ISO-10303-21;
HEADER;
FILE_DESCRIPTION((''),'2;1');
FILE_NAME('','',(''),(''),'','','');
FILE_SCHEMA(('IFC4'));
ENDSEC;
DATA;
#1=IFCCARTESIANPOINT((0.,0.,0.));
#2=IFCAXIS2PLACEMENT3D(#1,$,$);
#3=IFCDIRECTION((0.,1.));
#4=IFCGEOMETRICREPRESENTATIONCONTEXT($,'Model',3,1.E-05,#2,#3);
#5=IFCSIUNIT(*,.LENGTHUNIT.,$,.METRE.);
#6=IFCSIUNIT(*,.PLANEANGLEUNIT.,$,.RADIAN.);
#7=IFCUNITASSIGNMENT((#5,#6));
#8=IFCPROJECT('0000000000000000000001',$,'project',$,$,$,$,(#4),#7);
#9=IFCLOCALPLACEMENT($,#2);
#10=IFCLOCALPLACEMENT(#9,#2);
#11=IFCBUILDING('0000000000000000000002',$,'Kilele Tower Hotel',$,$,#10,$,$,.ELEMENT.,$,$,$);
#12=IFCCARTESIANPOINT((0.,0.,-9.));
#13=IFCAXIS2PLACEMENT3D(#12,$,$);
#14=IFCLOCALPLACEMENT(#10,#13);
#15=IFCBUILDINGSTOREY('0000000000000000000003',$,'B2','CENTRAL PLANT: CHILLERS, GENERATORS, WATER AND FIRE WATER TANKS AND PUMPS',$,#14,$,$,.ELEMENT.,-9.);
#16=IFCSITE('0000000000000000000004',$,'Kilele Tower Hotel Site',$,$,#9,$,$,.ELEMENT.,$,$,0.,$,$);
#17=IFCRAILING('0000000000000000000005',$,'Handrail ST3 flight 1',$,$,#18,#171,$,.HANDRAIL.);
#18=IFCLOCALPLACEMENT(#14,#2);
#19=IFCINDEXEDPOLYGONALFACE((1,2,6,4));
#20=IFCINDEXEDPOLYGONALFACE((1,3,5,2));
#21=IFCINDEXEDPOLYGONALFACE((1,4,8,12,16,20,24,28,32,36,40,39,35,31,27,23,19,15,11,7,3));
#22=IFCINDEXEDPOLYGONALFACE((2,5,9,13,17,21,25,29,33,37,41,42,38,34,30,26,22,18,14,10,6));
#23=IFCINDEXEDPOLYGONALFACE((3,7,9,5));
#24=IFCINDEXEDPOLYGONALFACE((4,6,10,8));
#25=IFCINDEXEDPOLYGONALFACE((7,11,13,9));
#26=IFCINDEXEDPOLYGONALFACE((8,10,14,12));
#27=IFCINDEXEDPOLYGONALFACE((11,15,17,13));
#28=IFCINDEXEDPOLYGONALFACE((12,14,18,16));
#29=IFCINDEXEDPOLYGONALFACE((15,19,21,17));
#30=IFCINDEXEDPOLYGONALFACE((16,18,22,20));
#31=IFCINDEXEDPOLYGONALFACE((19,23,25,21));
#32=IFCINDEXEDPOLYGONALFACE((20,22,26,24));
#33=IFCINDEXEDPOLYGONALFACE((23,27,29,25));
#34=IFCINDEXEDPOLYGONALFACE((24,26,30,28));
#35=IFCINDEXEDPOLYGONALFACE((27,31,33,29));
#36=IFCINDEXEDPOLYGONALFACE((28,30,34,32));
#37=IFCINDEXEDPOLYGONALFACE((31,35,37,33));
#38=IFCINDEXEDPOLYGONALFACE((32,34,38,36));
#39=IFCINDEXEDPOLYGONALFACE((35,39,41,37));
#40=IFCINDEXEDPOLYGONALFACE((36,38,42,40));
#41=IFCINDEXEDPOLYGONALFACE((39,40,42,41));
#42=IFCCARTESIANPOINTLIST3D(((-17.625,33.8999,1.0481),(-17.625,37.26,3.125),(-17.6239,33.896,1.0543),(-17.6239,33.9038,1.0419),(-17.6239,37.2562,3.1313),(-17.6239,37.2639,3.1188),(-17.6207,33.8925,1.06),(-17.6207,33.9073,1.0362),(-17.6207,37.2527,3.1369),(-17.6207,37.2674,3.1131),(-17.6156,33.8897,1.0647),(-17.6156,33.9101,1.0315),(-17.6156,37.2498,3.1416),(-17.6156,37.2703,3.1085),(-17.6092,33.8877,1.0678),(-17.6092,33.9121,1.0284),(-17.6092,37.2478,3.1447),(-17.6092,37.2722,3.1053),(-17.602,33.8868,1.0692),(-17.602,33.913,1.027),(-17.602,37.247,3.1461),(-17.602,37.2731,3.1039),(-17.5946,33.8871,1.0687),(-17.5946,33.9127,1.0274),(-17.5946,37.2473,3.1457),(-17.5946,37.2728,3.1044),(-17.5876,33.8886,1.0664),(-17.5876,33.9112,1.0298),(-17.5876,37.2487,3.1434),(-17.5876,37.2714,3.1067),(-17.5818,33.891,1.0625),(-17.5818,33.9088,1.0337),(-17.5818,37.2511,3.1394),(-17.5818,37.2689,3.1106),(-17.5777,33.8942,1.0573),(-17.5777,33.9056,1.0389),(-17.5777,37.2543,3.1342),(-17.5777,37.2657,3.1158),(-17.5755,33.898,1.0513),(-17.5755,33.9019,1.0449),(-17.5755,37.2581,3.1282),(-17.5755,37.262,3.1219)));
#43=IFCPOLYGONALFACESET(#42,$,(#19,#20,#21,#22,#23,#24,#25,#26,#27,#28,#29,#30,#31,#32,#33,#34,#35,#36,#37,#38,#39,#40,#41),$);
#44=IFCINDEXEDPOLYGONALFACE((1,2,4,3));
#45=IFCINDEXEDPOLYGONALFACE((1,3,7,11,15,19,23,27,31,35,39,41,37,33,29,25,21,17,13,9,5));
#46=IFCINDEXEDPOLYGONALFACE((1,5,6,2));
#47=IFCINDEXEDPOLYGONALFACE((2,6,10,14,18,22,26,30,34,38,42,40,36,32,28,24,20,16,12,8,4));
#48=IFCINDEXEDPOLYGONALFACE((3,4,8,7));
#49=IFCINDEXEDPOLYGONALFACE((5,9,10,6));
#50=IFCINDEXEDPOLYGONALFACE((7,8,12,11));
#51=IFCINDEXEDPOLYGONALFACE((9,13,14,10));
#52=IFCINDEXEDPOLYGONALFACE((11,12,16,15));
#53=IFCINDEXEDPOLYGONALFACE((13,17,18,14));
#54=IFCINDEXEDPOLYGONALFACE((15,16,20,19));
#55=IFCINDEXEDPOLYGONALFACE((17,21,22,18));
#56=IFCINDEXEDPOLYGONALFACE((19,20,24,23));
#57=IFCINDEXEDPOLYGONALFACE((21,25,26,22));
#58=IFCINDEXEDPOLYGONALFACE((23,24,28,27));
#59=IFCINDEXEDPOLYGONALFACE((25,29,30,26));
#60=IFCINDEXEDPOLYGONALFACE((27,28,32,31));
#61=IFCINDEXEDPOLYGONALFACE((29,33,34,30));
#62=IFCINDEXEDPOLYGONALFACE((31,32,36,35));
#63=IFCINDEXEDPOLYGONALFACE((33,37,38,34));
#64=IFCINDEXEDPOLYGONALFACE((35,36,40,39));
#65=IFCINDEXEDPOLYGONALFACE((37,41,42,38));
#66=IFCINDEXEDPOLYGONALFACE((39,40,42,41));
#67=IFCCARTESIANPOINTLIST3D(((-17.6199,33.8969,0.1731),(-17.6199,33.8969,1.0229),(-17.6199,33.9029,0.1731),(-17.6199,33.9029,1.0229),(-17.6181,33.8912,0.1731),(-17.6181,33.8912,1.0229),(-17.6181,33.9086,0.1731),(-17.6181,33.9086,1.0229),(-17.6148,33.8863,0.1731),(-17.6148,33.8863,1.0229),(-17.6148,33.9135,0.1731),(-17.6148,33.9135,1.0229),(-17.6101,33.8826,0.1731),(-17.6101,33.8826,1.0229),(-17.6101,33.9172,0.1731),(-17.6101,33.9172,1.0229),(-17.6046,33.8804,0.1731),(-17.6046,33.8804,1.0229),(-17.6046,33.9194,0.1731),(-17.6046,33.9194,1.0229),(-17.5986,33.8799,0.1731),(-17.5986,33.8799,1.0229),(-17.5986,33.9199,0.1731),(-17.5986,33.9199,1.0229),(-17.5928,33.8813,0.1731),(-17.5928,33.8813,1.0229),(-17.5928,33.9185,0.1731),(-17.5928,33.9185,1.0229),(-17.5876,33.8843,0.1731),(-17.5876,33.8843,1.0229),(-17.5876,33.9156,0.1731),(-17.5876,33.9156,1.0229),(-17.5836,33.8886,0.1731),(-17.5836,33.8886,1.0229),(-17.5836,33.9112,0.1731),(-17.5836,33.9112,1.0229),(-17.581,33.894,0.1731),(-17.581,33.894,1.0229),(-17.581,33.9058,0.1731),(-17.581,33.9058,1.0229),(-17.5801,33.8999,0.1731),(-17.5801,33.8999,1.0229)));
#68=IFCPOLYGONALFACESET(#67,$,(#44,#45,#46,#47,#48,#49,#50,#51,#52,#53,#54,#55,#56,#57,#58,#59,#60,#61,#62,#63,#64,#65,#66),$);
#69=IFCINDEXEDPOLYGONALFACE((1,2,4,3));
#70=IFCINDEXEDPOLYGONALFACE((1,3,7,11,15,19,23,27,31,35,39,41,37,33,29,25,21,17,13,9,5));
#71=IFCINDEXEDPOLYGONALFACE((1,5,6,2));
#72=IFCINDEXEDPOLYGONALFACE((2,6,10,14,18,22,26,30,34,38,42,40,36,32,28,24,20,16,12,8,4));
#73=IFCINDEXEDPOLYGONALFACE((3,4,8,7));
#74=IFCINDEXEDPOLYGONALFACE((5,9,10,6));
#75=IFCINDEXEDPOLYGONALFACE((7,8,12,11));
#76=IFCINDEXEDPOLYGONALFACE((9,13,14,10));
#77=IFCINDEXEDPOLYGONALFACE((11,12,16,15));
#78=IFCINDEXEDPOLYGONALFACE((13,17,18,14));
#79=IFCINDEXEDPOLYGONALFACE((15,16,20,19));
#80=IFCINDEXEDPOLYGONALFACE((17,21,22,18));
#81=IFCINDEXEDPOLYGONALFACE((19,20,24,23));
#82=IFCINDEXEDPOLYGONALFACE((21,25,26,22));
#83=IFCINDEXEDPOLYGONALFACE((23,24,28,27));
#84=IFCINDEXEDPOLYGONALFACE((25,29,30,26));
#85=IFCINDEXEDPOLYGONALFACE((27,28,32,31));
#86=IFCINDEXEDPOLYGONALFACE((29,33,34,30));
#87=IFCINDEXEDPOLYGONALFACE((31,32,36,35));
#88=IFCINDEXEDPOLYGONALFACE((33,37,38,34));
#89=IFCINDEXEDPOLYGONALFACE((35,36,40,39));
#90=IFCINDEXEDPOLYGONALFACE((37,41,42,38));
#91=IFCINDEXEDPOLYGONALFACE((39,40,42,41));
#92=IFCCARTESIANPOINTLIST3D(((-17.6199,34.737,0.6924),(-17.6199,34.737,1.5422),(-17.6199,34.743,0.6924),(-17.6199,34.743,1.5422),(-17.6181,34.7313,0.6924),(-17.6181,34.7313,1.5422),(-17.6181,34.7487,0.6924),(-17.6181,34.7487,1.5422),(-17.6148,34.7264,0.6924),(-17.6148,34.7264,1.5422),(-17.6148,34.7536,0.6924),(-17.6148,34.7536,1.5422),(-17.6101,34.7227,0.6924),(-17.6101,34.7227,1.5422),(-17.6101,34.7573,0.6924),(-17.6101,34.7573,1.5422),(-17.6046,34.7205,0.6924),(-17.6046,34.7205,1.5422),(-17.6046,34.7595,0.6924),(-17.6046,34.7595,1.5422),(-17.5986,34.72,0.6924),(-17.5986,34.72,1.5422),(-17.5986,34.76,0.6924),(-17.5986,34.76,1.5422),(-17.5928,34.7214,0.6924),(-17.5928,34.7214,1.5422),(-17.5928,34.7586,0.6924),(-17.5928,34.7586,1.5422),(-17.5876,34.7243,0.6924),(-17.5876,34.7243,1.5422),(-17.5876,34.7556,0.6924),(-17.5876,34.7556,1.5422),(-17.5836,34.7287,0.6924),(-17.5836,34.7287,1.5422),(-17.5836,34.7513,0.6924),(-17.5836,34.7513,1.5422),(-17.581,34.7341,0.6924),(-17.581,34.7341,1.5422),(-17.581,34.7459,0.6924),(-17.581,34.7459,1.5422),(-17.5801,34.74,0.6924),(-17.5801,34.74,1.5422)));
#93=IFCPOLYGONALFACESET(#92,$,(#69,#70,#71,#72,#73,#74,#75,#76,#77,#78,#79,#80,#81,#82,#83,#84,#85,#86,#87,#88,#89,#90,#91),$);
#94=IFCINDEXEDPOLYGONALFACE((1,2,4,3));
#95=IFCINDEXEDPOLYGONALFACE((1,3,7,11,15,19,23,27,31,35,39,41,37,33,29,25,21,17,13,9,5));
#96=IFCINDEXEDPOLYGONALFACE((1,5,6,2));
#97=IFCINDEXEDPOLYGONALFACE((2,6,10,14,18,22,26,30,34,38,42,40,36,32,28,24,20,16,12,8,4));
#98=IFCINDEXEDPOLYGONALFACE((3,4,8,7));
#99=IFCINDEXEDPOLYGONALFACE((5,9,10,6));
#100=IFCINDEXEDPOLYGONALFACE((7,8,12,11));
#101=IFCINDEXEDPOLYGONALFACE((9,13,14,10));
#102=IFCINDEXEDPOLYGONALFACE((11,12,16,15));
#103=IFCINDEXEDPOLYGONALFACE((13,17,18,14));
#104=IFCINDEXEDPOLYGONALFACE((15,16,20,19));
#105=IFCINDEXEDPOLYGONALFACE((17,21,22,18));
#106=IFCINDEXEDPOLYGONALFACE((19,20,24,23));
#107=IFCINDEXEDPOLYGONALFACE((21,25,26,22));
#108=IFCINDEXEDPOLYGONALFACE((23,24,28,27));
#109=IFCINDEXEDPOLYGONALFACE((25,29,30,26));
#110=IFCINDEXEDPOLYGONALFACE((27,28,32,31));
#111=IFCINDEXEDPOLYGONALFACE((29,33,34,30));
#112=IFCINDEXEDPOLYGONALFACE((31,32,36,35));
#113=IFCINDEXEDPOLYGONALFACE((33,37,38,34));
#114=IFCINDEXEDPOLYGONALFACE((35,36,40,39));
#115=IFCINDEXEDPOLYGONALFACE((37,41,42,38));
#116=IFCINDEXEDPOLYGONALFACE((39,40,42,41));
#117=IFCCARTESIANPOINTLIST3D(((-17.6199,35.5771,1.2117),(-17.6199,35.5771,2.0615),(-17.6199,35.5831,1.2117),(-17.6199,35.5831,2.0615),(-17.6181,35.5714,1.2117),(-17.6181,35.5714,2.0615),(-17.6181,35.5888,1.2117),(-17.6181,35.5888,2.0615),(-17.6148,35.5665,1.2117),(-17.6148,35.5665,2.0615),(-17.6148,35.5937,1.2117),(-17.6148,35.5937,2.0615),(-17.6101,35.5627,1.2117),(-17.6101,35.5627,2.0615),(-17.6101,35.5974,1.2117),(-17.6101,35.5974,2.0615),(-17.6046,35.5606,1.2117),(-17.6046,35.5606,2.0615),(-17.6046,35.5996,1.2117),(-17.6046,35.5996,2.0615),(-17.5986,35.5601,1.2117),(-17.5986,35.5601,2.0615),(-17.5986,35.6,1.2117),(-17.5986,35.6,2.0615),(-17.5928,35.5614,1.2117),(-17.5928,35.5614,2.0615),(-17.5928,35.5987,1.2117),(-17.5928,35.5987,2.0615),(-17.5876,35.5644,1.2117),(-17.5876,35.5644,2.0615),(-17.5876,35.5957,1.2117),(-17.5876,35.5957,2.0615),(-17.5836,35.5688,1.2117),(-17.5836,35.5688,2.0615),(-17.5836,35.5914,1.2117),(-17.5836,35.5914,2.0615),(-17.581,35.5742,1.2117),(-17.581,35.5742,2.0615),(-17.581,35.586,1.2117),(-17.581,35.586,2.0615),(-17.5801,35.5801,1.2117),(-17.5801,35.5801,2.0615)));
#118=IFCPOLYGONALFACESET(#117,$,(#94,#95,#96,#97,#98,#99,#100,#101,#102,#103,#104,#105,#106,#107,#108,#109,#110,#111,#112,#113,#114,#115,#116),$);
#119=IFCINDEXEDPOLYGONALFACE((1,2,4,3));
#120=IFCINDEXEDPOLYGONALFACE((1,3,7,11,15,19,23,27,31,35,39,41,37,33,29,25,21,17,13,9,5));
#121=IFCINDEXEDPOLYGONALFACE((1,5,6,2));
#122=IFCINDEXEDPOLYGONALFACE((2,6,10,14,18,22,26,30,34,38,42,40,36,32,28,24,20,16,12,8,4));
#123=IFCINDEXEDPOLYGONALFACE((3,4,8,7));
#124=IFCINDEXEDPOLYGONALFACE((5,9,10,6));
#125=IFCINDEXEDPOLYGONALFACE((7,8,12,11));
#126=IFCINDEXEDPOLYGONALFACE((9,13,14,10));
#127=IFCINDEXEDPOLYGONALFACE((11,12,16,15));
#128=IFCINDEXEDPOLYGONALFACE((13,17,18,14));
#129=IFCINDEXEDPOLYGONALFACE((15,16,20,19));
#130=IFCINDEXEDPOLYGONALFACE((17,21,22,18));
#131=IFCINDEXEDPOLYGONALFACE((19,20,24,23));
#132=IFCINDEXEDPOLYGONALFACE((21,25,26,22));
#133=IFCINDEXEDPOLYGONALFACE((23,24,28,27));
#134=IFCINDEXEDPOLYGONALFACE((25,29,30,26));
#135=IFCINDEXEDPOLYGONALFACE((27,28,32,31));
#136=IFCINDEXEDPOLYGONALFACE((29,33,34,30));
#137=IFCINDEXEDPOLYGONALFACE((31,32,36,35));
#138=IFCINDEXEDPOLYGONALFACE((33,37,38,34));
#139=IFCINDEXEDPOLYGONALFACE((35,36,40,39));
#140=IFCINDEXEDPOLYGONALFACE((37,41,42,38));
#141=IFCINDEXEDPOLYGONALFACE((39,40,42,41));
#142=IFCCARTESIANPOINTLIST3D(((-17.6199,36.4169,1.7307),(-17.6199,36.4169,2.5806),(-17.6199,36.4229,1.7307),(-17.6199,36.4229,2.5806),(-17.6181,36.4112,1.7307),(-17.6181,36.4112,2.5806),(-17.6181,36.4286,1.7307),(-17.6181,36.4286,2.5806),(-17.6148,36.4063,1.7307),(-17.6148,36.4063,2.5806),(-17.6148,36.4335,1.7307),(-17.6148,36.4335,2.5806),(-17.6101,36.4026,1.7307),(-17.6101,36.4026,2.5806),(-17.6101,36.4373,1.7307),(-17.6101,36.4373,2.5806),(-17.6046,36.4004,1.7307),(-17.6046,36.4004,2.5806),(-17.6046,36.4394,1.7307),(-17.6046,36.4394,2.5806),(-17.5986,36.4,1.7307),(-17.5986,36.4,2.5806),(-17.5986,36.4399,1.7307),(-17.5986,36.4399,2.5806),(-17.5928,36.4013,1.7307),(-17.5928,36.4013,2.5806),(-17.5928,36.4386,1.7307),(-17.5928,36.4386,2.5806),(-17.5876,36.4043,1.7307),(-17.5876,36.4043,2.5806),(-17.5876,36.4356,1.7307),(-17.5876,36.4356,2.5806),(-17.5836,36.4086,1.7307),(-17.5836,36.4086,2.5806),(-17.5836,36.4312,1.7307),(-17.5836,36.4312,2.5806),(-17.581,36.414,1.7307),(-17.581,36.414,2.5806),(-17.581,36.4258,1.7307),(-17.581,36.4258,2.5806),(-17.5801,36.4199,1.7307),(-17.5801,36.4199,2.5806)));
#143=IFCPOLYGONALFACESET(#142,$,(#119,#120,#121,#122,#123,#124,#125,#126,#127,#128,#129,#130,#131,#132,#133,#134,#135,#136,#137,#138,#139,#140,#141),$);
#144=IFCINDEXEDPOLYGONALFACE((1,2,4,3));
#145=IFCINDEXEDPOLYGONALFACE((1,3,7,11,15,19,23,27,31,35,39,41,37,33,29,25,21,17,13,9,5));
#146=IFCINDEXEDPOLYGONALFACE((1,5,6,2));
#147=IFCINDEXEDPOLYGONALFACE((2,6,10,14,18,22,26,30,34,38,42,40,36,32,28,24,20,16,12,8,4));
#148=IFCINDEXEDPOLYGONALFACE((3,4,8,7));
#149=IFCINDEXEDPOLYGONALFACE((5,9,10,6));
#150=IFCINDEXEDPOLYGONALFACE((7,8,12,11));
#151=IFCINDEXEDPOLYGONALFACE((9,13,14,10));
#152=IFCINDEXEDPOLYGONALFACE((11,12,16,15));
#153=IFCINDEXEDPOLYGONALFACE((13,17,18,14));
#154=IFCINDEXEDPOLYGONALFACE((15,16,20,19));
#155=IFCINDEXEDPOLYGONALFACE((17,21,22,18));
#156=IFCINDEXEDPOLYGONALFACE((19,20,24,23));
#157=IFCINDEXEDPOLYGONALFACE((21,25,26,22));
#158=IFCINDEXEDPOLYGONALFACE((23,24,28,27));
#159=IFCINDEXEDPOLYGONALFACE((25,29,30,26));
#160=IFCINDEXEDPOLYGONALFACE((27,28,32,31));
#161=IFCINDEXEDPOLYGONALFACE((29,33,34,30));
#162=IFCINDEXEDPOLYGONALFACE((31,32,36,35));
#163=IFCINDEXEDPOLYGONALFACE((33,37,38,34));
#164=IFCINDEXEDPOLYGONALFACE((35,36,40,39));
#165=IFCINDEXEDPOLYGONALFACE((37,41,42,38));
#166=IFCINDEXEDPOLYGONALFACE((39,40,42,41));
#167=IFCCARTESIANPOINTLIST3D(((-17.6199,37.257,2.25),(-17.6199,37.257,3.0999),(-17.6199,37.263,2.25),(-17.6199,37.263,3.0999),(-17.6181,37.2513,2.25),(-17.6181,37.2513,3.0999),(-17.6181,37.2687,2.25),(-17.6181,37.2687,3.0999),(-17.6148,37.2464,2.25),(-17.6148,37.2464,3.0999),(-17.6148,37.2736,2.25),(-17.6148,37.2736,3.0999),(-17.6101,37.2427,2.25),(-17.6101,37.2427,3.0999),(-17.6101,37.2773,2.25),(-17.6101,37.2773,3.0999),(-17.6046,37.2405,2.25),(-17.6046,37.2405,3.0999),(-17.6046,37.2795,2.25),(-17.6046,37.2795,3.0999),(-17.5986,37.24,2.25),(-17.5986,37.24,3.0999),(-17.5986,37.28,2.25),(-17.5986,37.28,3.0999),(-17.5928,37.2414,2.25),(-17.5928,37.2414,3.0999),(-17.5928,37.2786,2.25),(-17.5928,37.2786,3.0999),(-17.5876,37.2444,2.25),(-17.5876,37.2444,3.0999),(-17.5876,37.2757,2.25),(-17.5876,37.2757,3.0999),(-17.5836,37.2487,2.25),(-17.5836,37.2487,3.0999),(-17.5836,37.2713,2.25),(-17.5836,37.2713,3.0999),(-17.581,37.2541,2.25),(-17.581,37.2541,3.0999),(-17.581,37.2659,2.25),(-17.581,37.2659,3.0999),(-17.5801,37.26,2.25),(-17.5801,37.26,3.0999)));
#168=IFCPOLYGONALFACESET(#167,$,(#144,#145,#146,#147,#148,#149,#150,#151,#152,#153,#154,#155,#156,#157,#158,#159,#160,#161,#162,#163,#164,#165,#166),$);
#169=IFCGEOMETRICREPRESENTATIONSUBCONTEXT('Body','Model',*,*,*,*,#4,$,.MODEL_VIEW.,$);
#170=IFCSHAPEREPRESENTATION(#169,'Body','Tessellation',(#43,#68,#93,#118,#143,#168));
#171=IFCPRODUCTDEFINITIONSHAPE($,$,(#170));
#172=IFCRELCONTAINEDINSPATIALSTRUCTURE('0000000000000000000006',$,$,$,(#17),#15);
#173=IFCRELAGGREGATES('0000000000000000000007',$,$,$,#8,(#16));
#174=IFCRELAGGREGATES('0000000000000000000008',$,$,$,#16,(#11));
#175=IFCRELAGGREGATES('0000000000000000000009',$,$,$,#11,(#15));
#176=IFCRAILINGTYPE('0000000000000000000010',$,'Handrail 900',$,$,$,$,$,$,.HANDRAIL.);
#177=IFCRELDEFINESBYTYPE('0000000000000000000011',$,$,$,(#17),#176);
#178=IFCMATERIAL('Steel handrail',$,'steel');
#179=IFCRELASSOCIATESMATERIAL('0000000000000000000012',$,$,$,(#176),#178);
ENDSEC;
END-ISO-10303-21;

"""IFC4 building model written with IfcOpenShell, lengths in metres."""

from ifc_helpers import new_model, si_unit, direction, frame, origin, origin_2d, place, context, subcontext, project, spatial, circle, extrude, material, type_object, element, save


model = new_model("IFC4")

# Units and contexts
model_context = context("Model", 3, precision=1e-05, world=origin(), true_north=direction((0.0, 1.0)))
body_context = subcontext(model_context, "Body", "Model", "MODEL_VIEW")
ifc_project = project(units=[si_unit("LENGTHUNIT", "METRE"), si_unit("PLANEANGLEUNIT", "RADIAN")], contexts=[model_context])

# Site, building, storey
site_placement = place(None, origin())
site = spatial("IfcSite", under=ifc_project, at=site_placement, Name="Kilele Tower Hotel Site", CompositionType="ELEMENT", RefElevation=0.0)
building_placement = place(site_placement, origin())
building = spatial("IfcBuilding", under=site, at=building_placement, Name="Kilele Tower Hotel", CompositionType="ELEMENT")
storey_placement = place(building_placement, frame((0.0, 0.0, -9.0)))
storey = spatial("IfcBuildingStorey", under=building, at=storey_placement, Name="B2", Description="CENTRAL PLANT: CHILLERS, GENERATORS, WATER AND FIRE WATER TANKS AND PUMPS", CompositionType="ELEMENT", Elevation=-9.0)

# Railing
ifc_material_1 = material(Name="Steel handrail", Category="steel")
railing_type_1 = type_object("IfcRailingType", Name="Handrail 900", PredefinedType="HANDRAIL", material=ifc_material_1)
for number, where, name in (
    (1, (-17.6001, 33.8999, 0.1731), "Handrail ST3 flight 1"),
):
    element("IfcRailing", number, at=place(storey_placement, frame(where)), inside=storey, type_object=railing_type_1, Name=name, PredefinedType="HANDRAIL", context=body_context, shape_type="SweptSolid", body=[
        extrude(circle(Radius=0.0249, at=origin_2d()), frame((0.0, 0.0, 0.875), z_axis=(0.0, 0.850623, 0.525776), x_axis=(-1.0, 0.0, 0.0)), (0.0, 0.0, 1.0), 3.9502),
        extrude(circle(Radius=0.02, at=origin_2d()), origin(), (0.0, 0.0, 1.0), 0.8499),
        extrude(circle(Radius=0.02, at=origin_2d()), frame((0.0, 0.8401, 0.5193)), (0.0, 0.0, 1.0), 0.8499),
        extrude(circle(Radius=0.02, at=origin_2d()), frame((0.0, 1.6802, 1.0386)), (0.0, 0.0, 1.0), 0.8499),
        extrude(circle(Radius=0.02, at=origin_2d()), frame((0.0, 2.52, 1.5576)), (0.0, 0.0, 1.0), 0.8499),
        extrude(circle(Radius=0.02, at=origin_2d()), frame((0.0, 3.3601, 2.0769)), (0.0, 0.0, 1.0), 0.8499),
    ])

save(model, "model.ifc")
